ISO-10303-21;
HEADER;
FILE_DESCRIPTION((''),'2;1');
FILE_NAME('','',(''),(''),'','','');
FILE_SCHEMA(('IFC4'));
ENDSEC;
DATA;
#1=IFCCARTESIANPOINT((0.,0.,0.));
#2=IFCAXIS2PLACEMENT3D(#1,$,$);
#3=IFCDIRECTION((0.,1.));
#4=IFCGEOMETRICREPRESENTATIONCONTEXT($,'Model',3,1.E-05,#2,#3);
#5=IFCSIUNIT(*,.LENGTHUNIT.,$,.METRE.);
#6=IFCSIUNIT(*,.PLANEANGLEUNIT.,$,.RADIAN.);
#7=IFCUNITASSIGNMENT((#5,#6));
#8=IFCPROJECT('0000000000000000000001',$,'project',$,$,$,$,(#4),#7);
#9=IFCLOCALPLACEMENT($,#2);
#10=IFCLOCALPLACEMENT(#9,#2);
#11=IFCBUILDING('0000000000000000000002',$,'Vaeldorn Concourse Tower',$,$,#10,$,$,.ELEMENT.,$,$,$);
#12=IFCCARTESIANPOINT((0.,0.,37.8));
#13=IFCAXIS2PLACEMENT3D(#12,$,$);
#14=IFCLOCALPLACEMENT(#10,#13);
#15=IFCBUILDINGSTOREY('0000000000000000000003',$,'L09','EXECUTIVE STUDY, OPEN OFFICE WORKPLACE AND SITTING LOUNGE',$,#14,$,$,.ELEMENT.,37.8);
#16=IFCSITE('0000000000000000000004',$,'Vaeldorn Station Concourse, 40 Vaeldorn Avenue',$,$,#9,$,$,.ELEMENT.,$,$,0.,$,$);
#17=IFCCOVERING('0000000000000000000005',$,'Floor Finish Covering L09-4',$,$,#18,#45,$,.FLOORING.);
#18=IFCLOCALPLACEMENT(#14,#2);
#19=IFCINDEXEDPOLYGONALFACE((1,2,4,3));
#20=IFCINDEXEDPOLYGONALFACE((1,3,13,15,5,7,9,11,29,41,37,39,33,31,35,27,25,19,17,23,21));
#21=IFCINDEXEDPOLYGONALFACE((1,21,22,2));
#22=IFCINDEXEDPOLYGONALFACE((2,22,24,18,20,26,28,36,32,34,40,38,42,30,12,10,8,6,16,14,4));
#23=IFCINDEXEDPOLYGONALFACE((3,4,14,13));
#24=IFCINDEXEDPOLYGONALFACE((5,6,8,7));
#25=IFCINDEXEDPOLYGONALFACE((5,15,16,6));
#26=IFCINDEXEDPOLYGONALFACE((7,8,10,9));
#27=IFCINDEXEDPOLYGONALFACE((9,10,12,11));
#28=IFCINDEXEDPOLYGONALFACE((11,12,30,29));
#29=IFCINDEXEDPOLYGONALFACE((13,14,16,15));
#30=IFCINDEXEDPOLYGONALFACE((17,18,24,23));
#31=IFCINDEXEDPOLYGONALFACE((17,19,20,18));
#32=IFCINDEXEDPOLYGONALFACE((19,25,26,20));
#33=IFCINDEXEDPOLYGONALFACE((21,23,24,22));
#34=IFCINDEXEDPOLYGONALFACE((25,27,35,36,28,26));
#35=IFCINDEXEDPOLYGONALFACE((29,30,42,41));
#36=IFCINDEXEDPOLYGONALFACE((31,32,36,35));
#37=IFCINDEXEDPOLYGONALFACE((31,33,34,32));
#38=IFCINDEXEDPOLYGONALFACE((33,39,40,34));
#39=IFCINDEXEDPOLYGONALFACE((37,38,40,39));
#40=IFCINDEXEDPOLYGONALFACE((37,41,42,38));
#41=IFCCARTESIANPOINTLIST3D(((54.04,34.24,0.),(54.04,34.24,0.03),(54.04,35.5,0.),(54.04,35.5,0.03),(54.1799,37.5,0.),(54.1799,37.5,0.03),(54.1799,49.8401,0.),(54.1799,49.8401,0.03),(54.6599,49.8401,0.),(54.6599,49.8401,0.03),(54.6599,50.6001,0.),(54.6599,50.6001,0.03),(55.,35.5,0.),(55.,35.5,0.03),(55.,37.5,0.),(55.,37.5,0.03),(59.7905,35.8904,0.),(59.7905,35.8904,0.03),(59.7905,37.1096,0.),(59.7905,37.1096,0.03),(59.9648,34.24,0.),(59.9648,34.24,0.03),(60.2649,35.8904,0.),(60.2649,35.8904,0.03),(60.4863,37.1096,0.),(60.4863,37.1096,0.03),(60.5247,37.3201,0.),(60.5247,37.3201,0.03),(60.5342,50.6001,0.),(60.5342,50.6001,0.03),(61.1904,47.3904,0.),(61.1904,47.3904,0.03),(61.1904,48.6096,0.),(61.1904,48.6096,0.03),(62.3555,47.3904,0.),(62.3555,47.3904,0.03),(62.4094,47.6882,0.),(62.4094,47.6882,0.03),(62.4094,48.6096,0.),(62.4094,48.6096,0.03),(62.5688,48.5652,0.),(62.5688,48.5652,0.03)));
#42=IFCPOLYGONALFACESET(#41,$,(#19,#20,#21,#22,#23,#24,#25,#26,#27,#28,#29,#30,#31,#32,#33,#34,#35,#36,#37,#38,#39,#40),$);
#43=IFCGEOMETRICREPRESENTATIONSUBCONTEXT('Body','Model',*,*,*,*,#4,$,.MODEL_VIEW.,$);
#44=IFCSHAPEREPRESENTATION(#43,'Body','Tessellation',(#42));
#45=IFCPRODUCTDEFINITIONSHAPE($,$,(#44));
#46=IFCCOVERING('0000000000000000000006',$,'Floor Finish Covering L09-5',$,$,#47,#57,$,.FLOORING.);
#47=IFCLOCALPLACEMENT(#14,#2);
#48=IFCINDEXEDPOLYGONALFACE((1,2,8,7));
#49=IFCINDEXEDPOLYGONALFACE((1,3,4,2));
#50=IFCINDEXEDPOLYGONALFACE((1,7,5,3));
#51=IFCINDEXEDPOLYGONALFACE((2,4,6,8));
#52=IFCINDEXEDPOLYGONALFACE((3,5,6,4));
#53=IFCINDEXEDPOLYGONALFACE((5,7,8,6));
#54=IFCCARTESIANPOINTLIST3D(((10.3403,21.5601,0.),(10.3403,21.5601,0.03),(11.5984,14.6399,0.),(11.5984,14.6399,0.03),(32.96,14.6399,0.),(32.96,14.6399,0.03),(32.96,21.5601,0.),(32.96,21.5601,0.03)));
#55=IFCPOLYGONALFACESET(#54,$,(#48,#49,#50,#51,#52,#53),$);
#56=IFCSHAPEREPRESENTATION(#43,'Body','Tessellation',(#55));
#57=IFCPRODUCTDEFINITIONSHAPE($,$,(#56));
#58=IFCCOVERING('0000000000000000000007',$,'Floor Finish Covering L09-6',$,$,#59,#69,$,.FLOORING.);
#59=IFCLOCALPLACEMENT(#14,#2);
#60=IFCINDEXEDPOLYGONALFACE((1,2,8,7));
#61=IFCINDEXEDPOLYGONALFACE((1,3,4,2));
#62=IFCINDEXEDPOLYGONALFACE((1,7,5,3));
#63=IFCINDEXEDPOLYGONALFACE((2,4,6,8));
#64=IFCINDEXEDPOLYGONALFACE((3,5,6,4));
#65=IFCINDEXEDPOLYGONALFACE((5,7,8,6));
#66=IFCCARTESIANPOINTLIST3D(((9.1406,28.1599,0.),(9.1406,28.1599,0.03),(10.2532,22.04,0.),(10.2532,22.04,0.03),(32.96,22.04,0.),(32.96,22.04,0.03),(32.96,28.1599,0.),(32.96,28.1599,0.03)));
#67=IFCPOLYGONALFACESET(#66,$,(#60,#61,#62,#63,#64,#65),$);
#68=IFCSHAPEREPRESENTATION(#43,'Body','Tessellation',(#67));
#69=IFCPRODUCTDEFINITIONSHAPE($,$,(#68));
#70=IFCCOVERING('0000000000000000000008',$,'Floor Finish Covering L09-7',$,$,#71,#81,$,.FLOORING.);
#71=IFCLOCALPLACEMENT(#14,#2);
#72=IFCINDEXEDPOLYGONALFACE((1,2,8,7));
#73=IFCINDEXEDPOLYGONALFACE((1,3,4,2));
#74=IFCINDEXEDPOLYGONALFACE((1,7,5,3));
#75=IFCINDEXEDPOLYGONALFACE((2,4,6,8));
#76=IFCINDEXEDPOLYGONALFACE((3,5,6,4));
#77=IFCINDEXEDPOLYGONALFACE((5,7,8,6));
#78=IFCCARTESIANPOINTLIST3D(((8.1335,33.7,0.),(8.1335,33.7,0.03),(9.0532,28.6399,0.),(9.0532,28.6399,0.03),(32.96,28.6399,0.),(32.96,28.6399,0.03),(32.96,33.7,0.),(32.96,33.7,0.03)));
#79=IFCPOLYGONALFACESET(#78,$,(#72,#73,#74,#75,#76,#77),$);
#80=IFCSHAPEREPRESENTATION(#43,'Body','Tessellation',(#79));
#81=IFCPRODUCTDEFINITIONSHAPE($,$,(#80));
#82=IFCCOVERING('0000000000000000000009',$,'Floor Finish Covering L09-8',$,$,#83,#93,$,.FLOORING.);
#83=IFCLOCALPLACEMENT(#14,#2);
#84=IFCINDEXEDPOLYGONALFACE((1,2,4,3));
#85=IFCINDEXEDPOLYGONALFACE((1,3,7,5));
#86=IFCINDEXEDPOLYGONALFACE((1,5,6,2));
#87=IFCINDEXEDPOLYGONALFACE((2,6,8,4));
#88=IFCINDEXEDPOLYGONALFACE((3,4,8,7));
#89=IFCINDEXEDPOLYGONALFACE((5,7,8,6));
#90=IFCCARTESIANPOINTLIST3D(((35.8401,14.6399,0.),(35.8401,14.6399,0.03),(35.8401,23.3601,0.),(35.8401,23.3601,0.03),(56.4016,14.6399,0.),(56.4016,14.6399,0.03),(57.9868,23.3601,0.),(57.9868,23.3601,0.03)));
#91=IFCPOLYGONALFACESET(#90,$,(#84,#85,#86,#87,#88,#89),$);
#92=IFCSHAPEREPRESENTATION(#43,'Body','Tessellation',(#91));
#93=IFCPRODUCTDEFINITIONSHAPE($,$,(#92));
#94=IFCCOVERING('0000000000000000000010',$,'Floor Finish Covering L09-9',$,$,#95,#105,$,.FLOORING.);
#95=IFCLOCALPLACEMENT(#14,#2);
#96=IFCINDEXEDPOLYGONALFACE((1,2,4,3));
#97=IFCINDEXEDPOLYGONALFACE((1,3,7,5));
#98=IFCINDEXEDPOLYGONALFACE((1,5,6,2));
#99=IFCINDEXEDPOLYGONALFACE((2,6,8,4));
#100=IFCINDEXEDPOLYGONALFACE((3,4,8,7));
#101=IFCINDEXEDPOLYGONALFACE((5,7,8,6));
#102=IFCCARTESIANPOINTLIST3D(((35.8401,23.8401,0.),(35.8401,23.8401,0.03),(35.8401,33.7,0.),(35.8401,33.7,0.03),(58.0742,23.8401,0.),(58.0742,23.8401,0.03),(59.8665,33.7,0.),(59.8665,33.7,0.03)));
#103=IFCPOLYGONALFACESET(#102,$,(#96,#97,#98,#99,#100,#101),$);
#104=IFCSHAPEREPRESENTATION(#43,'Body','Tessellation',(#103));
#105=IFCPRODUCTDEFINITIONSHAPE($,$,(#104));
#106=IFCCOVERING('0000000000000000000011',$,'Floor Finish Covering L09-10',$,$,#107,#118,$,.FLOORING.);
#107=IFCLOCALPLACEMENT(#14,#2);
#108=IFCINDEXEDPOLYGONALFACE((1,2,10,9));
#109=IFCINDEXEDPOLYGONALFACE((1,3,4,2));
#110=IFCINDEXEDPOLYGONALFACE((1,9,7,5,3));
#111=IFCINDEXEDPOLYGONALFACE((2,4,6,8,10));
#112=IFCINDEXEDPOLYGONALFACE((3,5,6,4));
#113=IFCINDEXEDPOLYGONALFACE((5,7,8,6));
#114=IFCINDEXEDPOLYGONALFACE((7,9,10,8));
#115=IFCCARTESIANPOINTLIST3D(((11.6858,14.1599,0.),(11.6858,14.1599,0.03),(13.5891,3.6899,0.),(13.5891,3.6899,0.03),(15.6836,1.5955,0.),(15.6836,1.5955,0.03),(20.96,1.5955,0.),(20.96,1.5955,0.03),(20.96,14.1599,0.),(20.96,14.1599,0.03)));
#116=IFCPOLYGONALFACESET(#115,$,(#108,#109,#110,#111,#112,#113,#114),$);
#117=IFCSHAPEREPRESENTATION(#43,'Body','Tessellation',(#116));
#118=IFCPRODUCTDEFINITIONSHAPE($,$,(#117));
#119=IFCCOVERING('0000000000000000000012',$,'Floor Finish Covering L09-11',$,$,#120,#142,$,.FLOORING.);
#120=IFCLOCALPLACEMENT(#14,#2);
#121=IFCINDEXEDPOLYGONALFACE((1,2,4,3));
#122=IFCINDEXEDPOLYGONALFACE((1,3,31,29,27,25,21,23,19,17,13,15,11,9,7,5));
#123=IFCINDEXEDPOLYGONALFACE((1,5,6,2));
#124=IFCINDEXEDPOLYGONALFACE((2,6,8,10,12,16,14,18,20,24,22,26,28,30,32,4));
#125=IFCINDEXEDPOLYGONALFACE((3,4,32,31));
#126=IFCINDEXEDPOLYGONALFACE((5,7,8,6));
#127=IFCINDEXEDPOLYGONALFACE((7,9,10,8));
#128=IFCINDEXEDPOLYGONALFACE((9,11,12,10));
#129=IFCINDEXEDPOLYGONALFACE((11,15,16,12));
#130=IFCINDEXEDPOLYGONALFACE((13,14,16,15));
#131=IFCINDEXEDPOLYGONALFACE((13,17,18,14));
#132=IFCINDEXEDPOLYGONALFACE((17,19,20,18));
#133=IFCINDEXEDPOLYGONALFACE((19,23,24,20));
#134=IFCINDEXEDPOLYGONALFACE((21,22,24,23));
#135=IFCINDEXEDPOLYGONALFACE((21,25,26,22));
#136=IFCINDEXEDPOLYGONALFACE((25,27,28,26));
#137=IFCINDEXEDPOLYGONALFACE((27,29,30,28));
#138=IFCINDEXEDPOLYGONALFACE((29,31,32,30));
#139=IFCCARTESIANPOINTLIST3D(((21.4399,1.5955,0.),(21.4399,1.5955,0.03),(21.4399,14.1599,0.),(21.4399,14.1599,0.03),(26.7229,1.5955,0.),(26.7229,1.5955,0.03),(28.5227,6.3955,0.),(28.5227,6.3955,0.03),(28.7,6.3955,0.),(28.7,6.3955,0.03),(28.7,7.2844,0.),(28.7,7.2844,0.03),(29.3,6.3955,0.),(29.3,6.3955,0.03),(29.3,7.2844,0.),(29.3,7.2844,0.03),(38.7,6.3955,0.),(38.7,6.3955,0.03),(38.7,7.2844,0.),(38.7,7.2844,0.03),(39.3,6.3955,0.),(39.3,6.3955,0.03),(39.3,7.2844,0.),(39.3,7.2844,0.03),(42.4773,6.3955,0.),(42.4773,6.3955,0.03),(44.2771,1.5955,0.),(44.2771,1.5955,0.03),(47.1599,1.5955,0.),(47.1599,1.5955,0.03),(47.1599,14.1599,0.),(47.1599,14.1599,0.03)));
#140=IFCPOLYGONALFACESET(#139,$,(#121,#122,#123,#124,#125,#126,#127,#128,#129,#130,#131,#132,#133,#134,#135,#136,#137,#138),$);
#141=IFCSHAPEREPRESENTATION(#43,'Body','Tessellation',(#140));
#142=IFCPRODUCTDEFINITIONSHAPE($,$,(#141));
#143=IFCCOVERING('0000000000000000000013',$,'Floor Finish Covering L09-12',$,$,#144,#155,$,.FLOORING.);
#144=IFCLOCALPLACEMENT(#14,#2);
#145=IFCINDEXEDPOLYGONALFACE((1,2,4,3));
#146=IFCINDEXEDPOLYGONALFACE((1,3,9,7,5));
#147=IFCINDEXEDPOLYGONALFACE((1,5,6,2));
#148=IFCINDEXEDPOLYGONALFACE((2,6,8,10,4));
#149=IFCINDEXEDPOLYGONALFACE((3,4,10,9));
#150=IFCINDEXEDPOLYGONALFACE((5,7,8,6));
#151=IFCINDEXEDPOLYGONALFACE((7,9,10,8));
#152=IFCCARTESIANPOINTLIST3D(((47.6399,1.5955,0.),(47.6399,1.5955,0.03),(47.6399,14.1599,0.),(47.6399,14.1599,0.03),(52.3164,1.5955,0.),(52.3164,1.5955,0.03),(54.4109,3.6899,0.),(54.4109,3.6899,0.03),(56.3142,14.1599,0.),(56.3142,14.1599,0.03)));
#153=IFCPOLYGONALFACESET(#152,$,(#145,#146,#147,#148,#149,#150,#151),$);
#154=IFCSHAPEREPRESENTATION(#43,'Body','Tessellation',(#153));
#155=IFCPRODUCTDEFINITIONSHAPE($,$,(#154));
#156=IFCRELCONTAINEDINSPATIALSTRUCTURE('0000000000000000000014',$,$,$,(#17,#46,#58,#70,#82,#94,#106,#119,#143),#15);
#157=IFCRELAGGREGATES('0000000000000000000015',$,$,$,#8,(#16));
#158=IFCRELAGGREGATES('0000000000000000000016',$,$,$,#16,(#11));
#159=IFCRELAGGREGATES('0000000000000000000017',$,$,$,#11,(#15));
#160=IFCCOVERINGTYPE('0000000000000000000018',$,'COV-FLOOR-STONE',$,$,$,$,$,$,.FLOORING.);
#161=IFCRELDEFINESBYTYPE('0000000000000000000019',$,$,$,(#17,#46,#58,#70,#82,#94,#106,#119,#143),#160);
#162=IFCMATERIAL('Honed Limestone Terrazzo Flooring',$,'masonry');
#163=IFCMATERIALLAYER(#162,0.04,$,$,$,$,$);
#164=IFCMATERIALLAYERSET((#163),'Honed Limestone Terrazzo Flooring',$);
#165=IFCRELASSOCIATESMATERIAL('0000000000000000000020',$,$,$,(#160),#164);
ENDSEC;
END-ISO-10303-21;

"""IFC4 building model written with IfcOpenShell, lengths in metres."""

from ifc_helpers import new_model, si_unit, direction, frame, origin, place, context, subcontext, project, spatial, polyline, outline, extrude, material, layer, layer_set, type_object, element, save


model = new_model("IFC4")

# Units and contexts
model_context = context("Model", 3, precision=1e-05, world=origin(), true_north=direction((0.0, 1.0)))
body_context = subcontext(model_context, "Body", "Model", "MODEL_VIEW")
ifc_project = project(units=[si_unit("LENGTHUNIT", "METRE"), si_unit("PLANEANGLEUNIT", "RADIAN")], contexts=[model_context])

# Site, building, storey
site_placement = place(None, origin())
site = spatial("IfcSite", under=ifc_project, at=site_placement, Name="Vaeldorn Station Concourse, 40 Vaeldorn Avenue", CompositionType="ELEMENT", RefElevation=0.0)
building_placement = place(site_placement, origin())
building = spatial("IfcBuilding", under=site, at=building_placement, Name="Vaeldorn Concourse Tower", CompositionType="ELEMENT")
storey_placement = place(building_placement, frame((0.0, 0.0, 37.8)))
storey = spatial("IfcBuildingStorey", under=building, at=storey_placement, Name="L09", Description="EXECUTIVE STUDY, OPEN OFFICE WORKPLACE AND SITTING LOUNGE", CompositionType="ELEMENT", Elevation=37.8)

# Coverings
ifc_material_1 = material(Name="Honed Limestone Terrazzo Flooring", Category="masonry")
ifc_layer_1 = layer(ifc_material_1, 0.04)
ifc_layer_set_1 = layer_set([ifc_layer_1], Name="Honed Limestone Terrazzo Flooring")
covering_type_1 = type_object("IfcCoveringType", Name="COV-FLOOR-STONE", PredefinedType="FLOORING", material=ifc_layer_set_1)
covering_1_placement = place(storey_placement, origin())
element("IfcCovering", 1, at=covering_1_placement, inside=storey, type_object=covering_type_1, Name="Floor Finish Covering L09-4", PredefinedType="FLOORING", context=body_context, shape_type="SweptSolid", body=[
    extrude(outline(polyline([(54.1799, 49.8401), (54.6599, 49.8401), (54.6599, 50.6001), (60.5342, 50.6001), (62.5688, 48.5652), (62.4094, 47.6882), (62.4094, 48.6096), (61.1904, 48.6096), (61.1904, 47.3904), (62.3555, 47.3904), (60.5247, 37.3201), (60.5247, 37.3201), (60.4863, 37.1096), (59.7905, 37.1096), (59.7905, 35.8904), (60.2649, 35.8904), (59.9648, 34.24), (54.04, 34.24), (54.04, 35.5), (55.0, 35.5), (55.0, 37.5), (54.1799, 37.5), (54.1799, 49.8401)])), origin(), (0.0, 0.0, 1.0), 0.03),
])
covering_2_placement = place(storey_placement, origin())
element("IfcCovering", 2, at=covering_2_placement, inside=storey, type_object=covering_type_1, Name="Floor Finish Covering L09-5", PredefinedType="FLOORING", context=body_context, shape_type="SweptSolid", body=[
    extrude(outline(polyline([(32.96, 21.5601), (32.96, 14.6399), (11.5984, 14.6399), (10.3403, 21.5601), (32.96, 21.5601)])), origin(), (0.0, 0.0, 1.0), 0.03),
])
covering_3_placement = place(storey_placement, origin())
element("IfcCovering", 3, at=covering_3_placement, inside=storey, type_object=covering_type_1, Name="Floor Finish Covering L09-6", PredefinedType="FLOORING", context=body_context, shape_type="SweptSolid", body=[
    extrude(outline(polyline([(32.96, 28.1599), (32.96, 22.04), (10.2532, 22.04), (9.1406, 28.1599), (32.96, 28.1599)])), origin(), (0.0, 0.0, 1.0), 0.03),
])
covering_4_placement = place(storey_placement, origin())
element("IfcCovering", 4, at=covering_4_placement, inside=storey, type_object=covering_type_1, Name="Floor Finish Covering L09-7", PredefinedType="FLOORING", context=body_context, shape_type="SweptSolid", body=[
    extrude(outline(polyline([(32.96, 33.7), (32.96, 28.6399), (9.0532, 28.6399), (8.1335, 33.7), (32.96, 33.7)])), origin(), (0.0, 0.0, 1.0), 0.03),
])
covering_5_placement = place(storey_placement, origin())
element("IfcCovering", 5, at=covering_5_placement, inside=storey, type_object=covering_type_1, Name="Floor Finish Covering L09-8", PredefinedType="FLOORING", context=body_context, shape_type="SweptSolid", body=[
    extrude(outline(polyline([(35.8401, 14.6399), (35.8401, 23.3601), (57.9868, 23.3601), (56.4016, 14.6399), (35.8401, 14.6399)])), origin(), (0.0, 0.0, 1.0), 0.03),
])
covering_6_placement = place(storey_placement, origin())
element("IfcCovering", 6, at=covering_6_placement, inside=storey, type_object=covering_type_1, Name="Floor Finish Covering L09-9", PredefinedType="FLOORING", context=body_context, shape_type="SweptSolid", body=[
    extrude(outline(polyline([(35.8401, 23.8401), (35.8401, 33.7), (59.8665, 33.7), (58.0742, 23.8401), (35.8401, 23.8401)])), origin(), (0.0, 0.0, 1.0), 0.03),
])
covering_7_placement = place(storey_placement, origin())
element("IfcCovering", 7, at=covering_7_placement, inside=storey, type_object=covering_type_1, Name="Floor Finish Covering L09-10", PredefinedType="FLOORING", context=body_context, shape_type="SweptSolid", body=[
    extrude(outline(polyline([(20.96, 14.1599), (20.96, 1.5955), (15.6836, 1.5955), (13.5891, 3.6899), (11.6858, 14.1599), (20.96, 14.1599)])), origin(), (0.0, 0.0, 1.0), 0.03),
])
covering_8_placement = place(storey_placement, origin())
element("IfcCovering", 8, at=covering_8_placement, inside=storey, type_object=covering_type_1, Name="Floor Finish Covering L09-11", PredefinedType="FLOORING", context=body_context, shape_type="SweptSolid", body=[
    extrude(outline(polyline([(26.7229, 1.5955), (21.4399, 1.5955), (21.4399, 14.1599), (47.1599, 14.1599), (47.1599, 1.5955), (44.2771, 1.5955), (42.4773, 6.3955), (39.3, 6.3955), (39.3, 7.2844), (38.7, 7.2844), (38.7, 6.3955), (29.3, 6.3955), (29.3, 7.2844), (28.7, 7.2844), (28.7, 6.3955), (28.5227, 6.3955), (26.7229, 1.5955)])), origin(), (0.0, 0.0, 1.0), 0.03),
])
covering_9_placement = place(storey_placement, origin())
element("IfcCovering", 9, at=covering_9_placement, inside=storey, type_object=covering_type_1, Name="Floor Finish Covering L09-12", PredefinedType="FLOORING", context=body_context, shape_type="SweptSolid", body=[
    extrude(outline(polyline([(52.3164, 1.5955), (47.6399, 1.5955), (47.6399, 14.1599), (56.3142, 14.1599), (54.4109, 3.6899), (52.3164, 1.5955)])), origin(), (0.0, 0.0, 1.0), 0.03),
])

save(model, "model.ifc")
